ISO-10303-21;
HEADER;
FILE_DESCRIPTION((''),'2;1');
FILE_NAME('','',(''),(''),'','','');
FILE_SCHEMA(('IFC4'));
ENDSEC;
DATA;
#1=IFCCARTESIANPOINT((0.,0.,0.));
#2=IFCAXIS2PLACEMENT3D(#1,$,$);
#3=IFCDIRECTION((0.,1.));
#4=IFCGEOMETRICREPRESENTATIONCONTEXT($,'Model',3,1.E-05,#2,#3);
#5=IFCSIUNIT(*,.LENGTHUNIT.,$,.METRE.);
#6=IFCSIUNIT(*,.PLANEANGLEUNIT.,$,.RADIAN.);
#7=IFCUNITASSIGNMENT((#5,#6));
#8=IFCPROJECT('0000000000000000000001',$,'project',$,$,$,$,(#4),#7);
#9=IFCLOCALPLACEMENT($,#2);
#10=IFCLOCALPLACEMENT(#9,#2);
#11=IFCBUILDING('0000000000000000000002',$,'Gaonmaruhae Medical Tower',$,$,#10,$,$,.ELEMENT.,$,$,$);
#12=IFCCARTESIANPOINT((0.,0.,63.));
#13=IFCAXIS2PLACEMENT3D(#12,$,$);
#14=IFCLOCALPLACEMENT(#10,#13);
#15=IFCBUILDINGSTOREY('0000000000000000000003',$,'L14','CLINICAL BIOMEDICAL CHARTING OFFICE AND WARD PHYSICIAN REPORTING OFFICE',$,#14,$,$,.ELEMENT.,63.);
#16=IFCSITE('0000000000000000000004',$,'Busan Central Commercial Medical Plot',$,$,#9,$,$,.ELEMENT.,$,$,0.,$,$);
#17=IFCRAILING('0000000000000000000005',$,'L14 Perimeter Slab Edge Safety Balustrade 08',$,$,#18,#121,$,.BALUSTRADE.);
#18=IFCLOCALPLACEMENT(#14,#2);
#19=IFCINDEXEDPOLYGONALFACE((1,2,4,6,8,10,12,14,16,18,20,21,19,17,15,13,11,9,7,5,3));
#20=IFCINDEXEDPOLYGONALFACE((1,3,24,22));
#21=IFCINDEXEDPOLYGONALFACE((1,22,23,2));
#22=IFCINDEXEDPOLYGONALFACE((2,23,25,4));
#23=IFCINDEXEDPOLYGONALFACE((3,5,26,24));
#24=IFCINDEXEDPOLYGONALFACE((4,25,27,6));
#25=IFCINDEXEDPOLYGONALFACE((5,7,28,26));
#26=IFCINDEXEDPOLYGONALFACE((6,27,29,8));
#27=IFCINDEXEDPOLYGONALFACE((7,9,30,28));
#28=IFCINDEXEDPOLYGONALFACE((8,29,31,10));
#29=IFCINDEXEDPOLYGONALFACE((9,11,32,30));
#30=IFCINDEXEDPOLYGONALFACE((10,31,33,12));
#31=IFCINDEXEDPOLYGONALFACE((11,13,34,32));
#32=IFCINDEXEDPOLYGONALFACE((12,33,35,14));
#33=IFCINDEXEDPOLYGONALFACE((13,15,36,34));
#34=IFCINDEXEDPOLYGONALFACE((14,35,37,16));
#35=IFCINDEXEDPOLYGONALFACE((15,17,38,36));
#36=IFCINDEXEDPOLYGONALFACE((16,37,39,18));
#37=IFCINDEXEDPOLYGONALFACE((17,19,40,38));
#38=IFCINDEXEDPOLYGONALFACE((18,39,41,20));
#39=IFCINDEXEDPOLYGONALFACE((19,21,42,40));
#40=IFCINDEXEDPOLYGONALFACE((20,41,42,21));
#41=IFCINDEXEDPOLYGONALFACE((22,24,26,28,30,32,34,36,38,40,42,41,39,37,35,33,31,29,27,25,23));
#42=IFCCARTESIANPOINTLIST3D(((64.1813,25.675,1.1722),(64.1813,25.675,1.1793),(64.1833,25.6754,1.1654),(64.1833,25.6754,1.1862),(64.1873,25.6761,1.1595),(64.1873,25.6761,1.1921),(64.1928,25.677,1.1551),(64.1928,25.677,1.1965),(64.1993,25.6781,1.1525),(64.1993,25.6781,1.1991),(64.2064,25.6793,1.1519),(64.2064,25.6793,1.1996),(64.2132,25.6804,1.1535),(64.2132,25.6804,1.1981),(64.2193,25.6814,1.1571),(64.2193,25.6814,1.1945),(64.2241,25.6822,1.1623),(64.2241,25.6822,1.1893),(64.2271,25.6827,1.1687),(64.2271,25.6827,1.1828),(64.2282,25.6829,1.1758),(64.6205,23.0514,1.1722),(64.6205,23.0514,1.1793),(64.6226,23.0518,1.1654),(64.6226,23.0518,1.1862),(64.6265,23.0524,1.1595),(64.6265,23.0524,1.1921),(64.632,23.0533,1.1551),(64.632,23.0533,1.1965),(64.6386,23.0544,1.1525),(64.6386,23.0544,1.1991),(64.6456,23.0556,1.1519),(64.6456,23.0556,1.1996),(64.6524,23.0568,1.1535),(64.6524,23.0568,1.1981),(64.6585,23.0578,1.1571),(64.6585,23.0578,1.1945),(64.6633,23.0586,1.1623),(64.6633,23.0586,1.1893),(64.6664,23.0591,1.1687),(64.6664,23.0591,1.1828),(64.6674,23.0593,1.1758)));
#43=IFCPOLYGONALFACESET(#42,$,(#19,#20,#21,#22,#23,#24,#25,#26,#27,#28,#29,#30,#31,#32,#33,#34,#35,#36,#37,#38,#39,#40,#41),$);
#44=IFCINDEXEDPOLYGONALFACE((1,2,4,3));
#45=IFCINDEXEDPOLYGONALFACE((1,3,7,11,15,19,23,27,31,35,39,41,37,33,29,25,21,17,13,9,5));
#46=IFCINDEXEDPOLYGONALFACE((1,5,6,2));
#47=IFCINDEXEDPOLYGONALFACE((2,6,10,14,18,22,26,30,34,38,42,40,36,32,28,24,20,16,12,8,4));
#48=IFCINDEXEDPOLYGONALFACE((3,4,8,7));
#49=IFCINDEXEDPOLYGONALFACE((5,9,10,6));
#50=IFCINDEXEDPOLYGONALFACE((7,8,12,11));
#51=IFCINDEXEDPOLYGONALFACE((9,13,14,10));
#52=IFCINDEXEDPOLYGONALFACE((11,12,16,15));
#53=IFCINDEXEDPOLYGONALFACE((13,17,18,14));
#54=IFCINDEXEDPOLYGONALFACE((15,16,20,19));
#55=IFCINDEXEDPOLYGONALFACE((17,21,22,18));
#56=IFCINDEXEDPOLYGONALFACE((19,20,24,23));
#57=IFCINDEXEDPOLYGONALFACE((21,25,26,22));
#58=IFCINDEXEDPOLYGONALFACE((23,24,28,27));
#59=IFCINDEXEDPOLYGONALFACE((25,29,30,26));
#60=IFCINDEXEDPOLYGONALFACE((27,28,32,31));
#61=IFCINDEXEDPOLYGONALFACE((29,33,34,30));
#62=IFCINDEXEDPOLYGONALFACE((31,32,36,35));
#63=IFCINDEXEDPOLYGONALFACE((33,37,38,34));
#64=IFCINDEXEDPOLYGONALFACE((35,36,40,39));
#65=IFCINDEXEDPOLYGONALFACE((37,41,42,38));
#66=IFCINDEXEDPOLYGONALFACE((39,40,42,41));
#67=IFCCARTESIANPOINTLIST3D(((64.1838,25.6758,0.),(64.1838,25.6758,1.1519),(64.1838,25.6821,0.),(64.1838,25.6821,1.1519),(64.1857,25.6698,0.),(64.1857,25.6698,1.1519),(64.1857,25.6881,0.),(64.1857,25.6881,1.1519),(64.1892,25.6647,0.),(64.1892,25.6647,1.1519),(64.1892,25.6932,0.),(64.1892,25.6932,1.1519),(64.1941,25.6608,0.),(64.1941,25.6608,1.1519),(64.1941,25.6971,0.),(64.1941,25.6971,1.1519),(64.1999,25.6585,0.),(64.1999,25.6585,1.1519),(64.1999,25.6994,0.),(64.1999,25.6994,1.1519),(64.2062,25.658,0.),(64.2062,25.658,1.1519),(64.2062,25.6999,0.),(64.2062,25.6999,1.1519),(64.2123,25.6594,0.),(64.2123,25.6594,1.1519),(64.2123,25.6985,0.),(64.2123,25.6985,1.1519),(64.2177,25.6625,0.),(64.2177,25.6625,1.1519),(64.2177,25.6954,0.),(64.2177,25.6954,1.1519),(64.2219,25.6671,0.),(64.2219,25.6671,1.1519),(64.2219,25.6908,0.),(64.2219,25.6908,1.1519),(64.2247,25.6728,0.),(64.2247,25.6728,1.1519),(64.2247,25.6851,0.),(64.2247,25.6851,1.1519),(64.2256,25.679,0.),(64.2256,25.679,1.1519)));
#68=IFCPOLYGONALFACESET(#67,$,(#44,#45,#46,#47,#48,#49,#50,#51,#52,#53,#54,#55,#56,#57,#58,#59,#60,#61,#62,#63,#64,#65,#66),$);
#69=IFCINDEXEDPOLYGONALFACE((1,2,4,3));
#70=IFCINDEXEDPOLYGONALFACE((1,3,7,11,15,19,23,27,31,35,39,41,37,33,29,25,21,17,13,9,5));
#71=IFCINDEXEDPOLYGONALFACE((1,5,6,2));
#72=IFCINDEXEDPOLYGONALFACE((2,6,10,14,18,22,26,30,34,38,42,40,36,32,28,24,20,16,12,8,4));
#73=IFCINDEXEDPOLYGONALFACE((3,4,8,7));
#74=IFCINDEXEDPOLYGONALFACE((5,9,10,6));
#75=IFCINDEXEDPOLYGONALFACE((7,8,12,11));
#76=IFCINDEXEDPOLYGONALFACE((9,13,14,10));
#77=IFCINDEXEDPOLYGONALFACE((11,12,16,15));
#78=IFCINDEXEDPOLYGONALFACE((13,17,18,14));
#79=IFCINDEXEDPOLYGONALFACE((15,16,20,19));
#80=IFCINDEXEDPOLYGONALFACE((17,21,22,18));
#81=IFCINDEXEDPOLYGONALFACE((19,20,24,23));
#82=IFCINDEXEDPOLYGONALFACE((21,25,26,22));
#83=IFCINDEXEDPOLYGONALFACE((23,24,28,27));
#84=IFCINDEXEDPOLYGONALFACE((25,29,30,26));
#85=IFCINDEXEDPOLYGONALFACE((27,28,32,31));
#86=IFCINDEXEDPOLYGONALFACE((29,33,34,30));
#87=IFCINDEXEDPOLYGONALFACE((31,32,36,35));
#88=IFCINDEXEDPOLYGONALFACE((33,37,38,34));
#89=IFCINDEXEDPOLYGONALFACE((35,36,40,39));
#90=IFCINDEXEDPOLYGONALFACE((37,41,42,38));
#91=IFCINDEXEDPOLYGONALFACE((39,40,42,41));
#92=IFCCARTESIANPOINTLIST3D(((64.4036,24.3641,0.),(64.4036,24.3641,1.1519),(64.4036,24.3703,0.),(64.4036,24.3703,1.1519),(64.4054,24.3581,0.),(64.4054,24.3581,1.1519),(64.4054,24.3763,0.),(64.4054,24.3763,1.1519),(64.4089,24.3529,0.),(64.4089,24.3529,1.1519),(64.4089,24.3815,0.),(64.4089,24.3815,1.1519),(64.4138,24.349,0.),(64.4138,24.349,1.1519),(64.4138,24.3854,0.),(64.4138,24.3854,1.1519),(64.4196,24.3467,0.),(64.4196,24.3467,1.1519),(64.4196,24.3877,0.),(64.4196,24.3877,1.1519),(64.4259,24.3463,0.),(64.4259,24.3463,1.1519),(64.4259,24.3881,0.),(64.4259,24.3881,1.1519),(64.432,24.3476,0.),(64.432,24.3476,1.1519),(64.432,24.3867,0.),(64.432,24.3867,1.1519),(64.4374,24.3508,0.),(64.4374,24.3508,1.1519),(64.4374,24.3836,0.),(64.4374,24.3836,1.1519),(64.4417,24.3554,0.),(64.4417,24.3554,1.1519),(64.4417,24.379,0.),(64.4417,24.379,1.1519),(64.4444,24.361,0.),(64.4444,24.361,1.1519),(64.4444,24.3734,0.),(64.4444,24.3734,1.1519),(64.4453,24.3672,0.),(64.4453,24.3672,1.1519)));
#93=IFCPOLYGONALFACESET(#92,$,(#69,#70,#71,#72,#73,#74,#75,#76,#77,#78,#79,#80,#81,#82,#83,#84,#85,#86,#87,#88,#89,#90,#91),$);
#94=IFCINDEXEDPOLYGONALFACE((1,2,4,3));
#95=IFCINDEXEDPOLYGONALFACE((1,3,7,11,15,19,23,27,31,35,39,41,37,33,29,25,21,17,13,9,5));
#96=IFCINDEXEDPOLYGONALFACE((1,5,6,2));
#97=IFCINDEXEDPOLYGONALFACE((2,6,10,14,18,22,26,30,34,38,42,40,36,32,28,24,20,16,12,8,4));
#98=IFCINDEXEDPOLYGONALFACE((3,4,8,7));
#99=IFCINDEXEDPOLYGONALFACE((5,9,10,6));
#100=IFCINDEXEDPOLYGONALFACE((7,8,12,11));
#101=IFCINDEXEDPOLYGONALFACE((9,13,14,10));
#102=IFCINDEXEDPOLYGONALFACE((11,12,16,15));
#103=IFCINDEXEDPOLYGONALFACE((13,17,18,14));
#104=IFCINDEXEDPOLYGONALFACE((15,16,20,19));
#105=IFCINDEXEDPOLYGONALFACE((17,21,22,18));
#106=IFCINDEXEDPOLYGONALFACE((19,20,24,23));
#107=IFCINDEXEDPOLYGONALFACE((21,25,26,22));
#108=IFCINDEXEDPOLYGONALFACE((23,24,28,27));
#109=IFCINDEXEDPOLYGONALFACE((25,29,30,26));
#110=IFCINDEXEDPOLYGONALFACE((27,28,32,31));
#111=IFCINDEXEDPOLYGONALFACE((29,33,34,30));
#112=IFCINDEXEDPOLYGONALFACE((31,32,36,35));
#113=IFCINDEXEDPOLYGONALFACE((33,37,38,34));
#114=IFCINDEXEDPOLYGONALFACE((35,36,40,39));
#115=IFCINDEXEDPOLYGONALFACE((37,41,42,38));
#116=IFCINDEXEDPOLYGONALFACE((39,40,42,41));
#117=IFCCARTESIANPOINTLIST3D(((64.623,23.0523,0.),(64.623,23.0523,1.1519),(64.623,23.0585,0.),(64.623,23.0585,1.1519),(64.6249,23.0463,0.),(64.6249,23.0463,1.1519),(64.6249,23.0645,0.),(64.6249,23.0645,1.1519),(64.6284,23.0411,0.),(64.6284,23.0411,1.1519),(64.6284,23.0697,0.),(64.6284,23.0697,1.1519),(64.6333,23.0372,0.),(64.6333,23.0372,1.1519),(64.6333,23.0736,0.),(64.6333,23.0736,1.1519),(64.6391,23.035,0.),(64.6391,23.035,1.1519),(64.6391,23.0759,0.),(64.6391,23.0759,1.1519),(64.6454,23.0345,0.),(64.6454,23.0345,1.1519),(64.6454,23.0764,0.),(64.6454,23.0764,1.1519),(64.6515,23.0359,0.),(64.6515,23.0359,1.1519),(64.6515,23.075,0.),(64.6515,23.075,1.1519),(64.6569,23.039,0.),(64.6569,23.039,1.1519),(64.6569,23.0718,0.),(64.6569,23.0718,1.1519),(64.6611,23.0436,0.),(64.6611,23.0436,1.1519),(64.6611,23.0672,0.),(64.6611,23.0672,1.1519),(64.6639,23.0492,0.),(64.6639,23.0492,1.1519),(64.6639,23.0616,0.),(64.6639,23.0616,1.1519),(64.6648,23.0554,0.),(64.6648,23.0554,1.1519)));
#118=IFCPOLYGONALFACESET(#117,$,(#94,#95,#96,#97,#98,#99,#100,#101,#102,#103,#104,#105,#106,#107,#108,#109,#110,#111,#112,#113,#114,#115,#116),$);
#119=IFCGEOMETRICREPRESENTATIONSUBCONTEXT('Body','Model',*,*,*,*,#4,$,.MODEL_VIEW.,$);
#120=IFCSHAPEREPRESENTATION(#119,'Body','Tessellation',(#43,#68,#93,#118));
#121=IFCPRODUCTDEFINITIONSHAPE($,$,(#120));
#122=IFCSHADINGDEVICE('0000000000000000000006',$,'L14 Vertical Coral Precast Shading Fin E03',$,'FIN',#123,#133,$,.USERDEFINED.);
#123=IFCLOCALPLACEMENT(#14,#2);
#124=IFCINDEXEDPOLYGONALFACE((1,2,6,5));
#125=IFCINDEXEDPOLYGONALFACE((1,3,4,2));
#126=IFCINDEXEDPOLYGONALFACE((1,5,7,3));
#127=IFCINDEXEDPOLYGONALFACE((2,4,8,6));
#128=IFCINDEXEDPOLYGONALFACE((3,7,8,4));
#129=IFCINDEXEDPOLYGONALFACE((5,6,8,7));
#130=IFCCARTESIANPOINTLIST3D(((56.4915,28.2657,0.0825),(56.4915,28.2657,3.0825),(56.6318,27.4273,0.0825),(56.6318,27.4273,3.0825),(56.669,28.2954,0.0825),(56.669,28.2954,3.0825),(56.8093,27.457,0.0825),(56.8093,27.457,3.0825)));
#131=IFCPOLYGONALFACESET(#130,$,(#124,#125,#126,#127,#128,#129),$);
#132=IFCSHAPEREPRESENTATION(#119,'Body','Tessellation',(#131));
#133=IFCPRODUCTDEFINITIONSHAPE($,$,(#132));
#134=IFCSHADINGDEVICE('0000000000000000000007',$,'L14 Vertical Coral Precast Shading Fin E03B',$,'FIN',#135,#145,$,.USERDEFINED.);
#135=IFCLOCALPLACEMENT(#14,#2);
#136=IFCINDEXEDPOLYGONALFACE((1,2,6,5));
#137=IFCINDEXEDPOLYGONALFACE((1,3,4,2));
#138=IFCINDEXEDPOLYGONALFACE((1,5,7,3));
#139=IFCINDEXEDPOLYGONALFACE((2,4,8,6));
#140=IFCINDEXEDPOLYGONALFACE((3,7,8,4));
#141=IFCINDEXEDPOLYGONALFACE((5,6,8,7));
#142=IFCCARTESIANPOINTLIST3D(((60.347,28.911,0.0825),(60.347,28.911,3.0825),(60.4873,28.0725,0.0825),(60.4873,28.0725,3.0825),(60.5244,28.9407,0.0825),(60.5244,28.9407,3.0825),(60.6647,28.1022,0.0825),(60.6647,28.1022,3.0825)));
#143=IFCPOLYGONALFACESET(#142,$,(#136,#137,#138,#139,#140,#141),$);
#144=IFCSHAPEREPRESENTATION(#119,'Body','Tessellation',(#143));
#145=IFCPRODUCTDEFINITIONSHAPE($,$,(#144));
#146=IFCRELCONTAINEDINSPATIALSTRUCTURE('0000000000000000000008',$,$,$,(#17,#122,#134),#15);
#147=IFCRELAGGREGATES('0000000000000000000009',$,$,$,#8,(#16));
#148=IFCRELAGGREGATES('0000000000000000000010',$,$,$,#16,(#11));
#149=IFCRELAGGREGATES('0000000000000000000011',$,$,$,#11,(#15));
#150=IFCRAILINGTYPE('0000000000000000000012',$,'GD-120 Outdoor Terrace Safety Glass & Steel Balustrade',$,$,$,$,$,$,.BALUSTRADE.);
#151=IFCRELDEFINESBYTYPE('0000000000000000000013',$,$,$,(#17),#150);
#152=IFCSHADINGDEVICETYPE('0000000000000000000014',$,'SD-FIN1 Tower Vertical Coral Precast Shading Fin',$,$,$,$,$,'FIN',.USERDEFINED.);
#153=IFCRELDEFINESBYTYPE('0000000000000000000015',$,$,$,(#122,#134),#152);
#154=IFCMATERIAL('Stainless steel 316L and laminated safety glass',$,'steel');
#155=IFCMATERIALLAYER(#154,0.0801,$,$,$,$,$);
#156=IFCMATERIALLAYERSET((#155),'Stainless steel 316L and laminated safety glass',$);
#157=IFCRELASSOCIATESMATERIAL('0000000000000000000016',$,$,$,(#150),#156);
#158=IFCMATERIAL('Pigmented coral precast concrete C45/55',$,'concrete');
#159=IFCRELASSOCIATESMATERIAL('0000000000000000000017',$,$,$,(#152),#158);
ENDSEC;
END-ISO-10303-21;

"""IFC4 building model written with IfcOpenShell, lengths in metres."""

from ifc_helpers import new_model, si_unit, direction, frame, origin, origin_2d, place, context, subcontext, project, spatial, rectangle, circle, extrude, material, layer, layer_set, type_object, element, save


model = new_model("IFC4")

# Units and contexts
model_context = context("Model", 3, precision=1e-05, world=origin(), true_north=direction((0.0, 1.0)))
body_context = subcontext(model_context, "Body", "Model", "MODEL_VIEW")
ifc_project = project(units=[si_unit("LENGTHUNIT", "METRE"), si_unit("PLANEANGLEUNIT", "RADIAN")], contexts=[model_context])

# Site, building, storey
site_placement = place(None, origin())
site = spatial("IfcSite", under=ifc_project, at=site_placement, Name="Busan Central Commercial Medical Plot", CompositionType="ELEMENT", RefElevation=0.0)
building_placement = place(site_placement, origin())
building = spatial("IfcBuilding", under=site, at=building_placement, Name="Gaonmaruhae Medical Tower", CompositionType="ELEMENT")
storey_placement = place(building_placement, frame((0.0, 0.0, 63.0)))
storey = spatial("IfcBuildingStorey", under=building, at=storey_placement, Name="L14", Description="CLINICAL BIOMEDICAL CHARTING OFFICE AND WARD PHYSICIAN REPORTING OFFICE", CompositionType="ELEMENT", Elevation=63.0)

# Railing
ifc_material_1 = material(Name="Stainless steel 316L and laminated safety glass", Category="steel")
ifc_layer_1 = layer(ifc_material_1, 0.0801)
ifc_layer_set_1 = layer_set([ifc_layer_1], Name="Stainless steel 316L and laminated safety glass")
railing_type = type_object("IfcRailingType", Name="GD-120 Outdoor Terrace Safety Glass & Steel Balustrade", PredefinedType="BALUSTRADE", material=ifc_layer_set_1)
railing_1_placement = place(storey_placement, frame((64.2046, 25.679, 0.0)))
element("IfcRailing", 1, at=railing_1_placement, inside=storey, type_object=railing_type, Name="L14 Perimeter Slab Edge Safety Balustrade 08", PredefinedType="BALUSTRADE", context=body_context, shape_type="SweptSolid", body=[
    extrude(circle(Radius=0.0239, at=origin_2d()), frame((0.0, 0.0, 1.1758), z_axis=(0.165113, -0.986275, 0.0), x_axis=(0.986275, 0.165113, 0.0)), (0.0, 0.0, 1.0), 2.6602),
    extrude(circle(Radius=0.021, at=origin_2d()), origin(), (0.0, 0.0, 1.0), 1.1519),
    extrude(circle(Radius=0.021, at=origin_2d()), frame((0.2197, -1.3118, 0.0)), (0.0, 0.0, 1.0), 1.1519),
    extrude(circle(Radius=0.021, at=origin_2d()), frame((0.4392, -2.6235, 0.0)), (0.0, 0.0, 1.0), 1.1519),
])

# Shading devices
ifc_material_2 = material(Name="Pigmented coral precast concrete C45/55", Category="concrete")
shading_device_type = type_object("IfcShadingDeviceType", Name="SD-FIN1 Tower Vertical Coral Precast Shading Fin", ElementType="FIN", PredefinedType="USERDEFINED", material=ifc_material_2)
for number, where, z_axis, x_axis, name in (
    (2, (56.6504, 27.8613, 0.0825), (0.0, 0.0, 1.0), (0.986288, 0.16503, 0.0), "L14 Vertical Coral Precast Shading Fin E03"),
    (3, (60.5059, 28.5066, 0.0825), (0.0, 0.0, 1.0), (0.986288, 0.16503, 0.0), "L14 Vertical Coral Precast Shading Fin E03B"),
):
    element("IfcShadingDevice", number, at=place(storey_placement, frame(where, z_axis=z_axis, x_axis=x_axis)), inside=storey, type_object=shading_device_type, Name=name, ObjectType="FIN", PredefinedType="USERDEFINED", context=body_context, shape_type="SweptSolid", body=[
        extrude(rectangle(XDim=0.1799, YDim=0.8501, at=origin_2d()), origin(), (0.0, 0.0, 1.0), 3.0),
    ])

save(model, "model.ifc")
